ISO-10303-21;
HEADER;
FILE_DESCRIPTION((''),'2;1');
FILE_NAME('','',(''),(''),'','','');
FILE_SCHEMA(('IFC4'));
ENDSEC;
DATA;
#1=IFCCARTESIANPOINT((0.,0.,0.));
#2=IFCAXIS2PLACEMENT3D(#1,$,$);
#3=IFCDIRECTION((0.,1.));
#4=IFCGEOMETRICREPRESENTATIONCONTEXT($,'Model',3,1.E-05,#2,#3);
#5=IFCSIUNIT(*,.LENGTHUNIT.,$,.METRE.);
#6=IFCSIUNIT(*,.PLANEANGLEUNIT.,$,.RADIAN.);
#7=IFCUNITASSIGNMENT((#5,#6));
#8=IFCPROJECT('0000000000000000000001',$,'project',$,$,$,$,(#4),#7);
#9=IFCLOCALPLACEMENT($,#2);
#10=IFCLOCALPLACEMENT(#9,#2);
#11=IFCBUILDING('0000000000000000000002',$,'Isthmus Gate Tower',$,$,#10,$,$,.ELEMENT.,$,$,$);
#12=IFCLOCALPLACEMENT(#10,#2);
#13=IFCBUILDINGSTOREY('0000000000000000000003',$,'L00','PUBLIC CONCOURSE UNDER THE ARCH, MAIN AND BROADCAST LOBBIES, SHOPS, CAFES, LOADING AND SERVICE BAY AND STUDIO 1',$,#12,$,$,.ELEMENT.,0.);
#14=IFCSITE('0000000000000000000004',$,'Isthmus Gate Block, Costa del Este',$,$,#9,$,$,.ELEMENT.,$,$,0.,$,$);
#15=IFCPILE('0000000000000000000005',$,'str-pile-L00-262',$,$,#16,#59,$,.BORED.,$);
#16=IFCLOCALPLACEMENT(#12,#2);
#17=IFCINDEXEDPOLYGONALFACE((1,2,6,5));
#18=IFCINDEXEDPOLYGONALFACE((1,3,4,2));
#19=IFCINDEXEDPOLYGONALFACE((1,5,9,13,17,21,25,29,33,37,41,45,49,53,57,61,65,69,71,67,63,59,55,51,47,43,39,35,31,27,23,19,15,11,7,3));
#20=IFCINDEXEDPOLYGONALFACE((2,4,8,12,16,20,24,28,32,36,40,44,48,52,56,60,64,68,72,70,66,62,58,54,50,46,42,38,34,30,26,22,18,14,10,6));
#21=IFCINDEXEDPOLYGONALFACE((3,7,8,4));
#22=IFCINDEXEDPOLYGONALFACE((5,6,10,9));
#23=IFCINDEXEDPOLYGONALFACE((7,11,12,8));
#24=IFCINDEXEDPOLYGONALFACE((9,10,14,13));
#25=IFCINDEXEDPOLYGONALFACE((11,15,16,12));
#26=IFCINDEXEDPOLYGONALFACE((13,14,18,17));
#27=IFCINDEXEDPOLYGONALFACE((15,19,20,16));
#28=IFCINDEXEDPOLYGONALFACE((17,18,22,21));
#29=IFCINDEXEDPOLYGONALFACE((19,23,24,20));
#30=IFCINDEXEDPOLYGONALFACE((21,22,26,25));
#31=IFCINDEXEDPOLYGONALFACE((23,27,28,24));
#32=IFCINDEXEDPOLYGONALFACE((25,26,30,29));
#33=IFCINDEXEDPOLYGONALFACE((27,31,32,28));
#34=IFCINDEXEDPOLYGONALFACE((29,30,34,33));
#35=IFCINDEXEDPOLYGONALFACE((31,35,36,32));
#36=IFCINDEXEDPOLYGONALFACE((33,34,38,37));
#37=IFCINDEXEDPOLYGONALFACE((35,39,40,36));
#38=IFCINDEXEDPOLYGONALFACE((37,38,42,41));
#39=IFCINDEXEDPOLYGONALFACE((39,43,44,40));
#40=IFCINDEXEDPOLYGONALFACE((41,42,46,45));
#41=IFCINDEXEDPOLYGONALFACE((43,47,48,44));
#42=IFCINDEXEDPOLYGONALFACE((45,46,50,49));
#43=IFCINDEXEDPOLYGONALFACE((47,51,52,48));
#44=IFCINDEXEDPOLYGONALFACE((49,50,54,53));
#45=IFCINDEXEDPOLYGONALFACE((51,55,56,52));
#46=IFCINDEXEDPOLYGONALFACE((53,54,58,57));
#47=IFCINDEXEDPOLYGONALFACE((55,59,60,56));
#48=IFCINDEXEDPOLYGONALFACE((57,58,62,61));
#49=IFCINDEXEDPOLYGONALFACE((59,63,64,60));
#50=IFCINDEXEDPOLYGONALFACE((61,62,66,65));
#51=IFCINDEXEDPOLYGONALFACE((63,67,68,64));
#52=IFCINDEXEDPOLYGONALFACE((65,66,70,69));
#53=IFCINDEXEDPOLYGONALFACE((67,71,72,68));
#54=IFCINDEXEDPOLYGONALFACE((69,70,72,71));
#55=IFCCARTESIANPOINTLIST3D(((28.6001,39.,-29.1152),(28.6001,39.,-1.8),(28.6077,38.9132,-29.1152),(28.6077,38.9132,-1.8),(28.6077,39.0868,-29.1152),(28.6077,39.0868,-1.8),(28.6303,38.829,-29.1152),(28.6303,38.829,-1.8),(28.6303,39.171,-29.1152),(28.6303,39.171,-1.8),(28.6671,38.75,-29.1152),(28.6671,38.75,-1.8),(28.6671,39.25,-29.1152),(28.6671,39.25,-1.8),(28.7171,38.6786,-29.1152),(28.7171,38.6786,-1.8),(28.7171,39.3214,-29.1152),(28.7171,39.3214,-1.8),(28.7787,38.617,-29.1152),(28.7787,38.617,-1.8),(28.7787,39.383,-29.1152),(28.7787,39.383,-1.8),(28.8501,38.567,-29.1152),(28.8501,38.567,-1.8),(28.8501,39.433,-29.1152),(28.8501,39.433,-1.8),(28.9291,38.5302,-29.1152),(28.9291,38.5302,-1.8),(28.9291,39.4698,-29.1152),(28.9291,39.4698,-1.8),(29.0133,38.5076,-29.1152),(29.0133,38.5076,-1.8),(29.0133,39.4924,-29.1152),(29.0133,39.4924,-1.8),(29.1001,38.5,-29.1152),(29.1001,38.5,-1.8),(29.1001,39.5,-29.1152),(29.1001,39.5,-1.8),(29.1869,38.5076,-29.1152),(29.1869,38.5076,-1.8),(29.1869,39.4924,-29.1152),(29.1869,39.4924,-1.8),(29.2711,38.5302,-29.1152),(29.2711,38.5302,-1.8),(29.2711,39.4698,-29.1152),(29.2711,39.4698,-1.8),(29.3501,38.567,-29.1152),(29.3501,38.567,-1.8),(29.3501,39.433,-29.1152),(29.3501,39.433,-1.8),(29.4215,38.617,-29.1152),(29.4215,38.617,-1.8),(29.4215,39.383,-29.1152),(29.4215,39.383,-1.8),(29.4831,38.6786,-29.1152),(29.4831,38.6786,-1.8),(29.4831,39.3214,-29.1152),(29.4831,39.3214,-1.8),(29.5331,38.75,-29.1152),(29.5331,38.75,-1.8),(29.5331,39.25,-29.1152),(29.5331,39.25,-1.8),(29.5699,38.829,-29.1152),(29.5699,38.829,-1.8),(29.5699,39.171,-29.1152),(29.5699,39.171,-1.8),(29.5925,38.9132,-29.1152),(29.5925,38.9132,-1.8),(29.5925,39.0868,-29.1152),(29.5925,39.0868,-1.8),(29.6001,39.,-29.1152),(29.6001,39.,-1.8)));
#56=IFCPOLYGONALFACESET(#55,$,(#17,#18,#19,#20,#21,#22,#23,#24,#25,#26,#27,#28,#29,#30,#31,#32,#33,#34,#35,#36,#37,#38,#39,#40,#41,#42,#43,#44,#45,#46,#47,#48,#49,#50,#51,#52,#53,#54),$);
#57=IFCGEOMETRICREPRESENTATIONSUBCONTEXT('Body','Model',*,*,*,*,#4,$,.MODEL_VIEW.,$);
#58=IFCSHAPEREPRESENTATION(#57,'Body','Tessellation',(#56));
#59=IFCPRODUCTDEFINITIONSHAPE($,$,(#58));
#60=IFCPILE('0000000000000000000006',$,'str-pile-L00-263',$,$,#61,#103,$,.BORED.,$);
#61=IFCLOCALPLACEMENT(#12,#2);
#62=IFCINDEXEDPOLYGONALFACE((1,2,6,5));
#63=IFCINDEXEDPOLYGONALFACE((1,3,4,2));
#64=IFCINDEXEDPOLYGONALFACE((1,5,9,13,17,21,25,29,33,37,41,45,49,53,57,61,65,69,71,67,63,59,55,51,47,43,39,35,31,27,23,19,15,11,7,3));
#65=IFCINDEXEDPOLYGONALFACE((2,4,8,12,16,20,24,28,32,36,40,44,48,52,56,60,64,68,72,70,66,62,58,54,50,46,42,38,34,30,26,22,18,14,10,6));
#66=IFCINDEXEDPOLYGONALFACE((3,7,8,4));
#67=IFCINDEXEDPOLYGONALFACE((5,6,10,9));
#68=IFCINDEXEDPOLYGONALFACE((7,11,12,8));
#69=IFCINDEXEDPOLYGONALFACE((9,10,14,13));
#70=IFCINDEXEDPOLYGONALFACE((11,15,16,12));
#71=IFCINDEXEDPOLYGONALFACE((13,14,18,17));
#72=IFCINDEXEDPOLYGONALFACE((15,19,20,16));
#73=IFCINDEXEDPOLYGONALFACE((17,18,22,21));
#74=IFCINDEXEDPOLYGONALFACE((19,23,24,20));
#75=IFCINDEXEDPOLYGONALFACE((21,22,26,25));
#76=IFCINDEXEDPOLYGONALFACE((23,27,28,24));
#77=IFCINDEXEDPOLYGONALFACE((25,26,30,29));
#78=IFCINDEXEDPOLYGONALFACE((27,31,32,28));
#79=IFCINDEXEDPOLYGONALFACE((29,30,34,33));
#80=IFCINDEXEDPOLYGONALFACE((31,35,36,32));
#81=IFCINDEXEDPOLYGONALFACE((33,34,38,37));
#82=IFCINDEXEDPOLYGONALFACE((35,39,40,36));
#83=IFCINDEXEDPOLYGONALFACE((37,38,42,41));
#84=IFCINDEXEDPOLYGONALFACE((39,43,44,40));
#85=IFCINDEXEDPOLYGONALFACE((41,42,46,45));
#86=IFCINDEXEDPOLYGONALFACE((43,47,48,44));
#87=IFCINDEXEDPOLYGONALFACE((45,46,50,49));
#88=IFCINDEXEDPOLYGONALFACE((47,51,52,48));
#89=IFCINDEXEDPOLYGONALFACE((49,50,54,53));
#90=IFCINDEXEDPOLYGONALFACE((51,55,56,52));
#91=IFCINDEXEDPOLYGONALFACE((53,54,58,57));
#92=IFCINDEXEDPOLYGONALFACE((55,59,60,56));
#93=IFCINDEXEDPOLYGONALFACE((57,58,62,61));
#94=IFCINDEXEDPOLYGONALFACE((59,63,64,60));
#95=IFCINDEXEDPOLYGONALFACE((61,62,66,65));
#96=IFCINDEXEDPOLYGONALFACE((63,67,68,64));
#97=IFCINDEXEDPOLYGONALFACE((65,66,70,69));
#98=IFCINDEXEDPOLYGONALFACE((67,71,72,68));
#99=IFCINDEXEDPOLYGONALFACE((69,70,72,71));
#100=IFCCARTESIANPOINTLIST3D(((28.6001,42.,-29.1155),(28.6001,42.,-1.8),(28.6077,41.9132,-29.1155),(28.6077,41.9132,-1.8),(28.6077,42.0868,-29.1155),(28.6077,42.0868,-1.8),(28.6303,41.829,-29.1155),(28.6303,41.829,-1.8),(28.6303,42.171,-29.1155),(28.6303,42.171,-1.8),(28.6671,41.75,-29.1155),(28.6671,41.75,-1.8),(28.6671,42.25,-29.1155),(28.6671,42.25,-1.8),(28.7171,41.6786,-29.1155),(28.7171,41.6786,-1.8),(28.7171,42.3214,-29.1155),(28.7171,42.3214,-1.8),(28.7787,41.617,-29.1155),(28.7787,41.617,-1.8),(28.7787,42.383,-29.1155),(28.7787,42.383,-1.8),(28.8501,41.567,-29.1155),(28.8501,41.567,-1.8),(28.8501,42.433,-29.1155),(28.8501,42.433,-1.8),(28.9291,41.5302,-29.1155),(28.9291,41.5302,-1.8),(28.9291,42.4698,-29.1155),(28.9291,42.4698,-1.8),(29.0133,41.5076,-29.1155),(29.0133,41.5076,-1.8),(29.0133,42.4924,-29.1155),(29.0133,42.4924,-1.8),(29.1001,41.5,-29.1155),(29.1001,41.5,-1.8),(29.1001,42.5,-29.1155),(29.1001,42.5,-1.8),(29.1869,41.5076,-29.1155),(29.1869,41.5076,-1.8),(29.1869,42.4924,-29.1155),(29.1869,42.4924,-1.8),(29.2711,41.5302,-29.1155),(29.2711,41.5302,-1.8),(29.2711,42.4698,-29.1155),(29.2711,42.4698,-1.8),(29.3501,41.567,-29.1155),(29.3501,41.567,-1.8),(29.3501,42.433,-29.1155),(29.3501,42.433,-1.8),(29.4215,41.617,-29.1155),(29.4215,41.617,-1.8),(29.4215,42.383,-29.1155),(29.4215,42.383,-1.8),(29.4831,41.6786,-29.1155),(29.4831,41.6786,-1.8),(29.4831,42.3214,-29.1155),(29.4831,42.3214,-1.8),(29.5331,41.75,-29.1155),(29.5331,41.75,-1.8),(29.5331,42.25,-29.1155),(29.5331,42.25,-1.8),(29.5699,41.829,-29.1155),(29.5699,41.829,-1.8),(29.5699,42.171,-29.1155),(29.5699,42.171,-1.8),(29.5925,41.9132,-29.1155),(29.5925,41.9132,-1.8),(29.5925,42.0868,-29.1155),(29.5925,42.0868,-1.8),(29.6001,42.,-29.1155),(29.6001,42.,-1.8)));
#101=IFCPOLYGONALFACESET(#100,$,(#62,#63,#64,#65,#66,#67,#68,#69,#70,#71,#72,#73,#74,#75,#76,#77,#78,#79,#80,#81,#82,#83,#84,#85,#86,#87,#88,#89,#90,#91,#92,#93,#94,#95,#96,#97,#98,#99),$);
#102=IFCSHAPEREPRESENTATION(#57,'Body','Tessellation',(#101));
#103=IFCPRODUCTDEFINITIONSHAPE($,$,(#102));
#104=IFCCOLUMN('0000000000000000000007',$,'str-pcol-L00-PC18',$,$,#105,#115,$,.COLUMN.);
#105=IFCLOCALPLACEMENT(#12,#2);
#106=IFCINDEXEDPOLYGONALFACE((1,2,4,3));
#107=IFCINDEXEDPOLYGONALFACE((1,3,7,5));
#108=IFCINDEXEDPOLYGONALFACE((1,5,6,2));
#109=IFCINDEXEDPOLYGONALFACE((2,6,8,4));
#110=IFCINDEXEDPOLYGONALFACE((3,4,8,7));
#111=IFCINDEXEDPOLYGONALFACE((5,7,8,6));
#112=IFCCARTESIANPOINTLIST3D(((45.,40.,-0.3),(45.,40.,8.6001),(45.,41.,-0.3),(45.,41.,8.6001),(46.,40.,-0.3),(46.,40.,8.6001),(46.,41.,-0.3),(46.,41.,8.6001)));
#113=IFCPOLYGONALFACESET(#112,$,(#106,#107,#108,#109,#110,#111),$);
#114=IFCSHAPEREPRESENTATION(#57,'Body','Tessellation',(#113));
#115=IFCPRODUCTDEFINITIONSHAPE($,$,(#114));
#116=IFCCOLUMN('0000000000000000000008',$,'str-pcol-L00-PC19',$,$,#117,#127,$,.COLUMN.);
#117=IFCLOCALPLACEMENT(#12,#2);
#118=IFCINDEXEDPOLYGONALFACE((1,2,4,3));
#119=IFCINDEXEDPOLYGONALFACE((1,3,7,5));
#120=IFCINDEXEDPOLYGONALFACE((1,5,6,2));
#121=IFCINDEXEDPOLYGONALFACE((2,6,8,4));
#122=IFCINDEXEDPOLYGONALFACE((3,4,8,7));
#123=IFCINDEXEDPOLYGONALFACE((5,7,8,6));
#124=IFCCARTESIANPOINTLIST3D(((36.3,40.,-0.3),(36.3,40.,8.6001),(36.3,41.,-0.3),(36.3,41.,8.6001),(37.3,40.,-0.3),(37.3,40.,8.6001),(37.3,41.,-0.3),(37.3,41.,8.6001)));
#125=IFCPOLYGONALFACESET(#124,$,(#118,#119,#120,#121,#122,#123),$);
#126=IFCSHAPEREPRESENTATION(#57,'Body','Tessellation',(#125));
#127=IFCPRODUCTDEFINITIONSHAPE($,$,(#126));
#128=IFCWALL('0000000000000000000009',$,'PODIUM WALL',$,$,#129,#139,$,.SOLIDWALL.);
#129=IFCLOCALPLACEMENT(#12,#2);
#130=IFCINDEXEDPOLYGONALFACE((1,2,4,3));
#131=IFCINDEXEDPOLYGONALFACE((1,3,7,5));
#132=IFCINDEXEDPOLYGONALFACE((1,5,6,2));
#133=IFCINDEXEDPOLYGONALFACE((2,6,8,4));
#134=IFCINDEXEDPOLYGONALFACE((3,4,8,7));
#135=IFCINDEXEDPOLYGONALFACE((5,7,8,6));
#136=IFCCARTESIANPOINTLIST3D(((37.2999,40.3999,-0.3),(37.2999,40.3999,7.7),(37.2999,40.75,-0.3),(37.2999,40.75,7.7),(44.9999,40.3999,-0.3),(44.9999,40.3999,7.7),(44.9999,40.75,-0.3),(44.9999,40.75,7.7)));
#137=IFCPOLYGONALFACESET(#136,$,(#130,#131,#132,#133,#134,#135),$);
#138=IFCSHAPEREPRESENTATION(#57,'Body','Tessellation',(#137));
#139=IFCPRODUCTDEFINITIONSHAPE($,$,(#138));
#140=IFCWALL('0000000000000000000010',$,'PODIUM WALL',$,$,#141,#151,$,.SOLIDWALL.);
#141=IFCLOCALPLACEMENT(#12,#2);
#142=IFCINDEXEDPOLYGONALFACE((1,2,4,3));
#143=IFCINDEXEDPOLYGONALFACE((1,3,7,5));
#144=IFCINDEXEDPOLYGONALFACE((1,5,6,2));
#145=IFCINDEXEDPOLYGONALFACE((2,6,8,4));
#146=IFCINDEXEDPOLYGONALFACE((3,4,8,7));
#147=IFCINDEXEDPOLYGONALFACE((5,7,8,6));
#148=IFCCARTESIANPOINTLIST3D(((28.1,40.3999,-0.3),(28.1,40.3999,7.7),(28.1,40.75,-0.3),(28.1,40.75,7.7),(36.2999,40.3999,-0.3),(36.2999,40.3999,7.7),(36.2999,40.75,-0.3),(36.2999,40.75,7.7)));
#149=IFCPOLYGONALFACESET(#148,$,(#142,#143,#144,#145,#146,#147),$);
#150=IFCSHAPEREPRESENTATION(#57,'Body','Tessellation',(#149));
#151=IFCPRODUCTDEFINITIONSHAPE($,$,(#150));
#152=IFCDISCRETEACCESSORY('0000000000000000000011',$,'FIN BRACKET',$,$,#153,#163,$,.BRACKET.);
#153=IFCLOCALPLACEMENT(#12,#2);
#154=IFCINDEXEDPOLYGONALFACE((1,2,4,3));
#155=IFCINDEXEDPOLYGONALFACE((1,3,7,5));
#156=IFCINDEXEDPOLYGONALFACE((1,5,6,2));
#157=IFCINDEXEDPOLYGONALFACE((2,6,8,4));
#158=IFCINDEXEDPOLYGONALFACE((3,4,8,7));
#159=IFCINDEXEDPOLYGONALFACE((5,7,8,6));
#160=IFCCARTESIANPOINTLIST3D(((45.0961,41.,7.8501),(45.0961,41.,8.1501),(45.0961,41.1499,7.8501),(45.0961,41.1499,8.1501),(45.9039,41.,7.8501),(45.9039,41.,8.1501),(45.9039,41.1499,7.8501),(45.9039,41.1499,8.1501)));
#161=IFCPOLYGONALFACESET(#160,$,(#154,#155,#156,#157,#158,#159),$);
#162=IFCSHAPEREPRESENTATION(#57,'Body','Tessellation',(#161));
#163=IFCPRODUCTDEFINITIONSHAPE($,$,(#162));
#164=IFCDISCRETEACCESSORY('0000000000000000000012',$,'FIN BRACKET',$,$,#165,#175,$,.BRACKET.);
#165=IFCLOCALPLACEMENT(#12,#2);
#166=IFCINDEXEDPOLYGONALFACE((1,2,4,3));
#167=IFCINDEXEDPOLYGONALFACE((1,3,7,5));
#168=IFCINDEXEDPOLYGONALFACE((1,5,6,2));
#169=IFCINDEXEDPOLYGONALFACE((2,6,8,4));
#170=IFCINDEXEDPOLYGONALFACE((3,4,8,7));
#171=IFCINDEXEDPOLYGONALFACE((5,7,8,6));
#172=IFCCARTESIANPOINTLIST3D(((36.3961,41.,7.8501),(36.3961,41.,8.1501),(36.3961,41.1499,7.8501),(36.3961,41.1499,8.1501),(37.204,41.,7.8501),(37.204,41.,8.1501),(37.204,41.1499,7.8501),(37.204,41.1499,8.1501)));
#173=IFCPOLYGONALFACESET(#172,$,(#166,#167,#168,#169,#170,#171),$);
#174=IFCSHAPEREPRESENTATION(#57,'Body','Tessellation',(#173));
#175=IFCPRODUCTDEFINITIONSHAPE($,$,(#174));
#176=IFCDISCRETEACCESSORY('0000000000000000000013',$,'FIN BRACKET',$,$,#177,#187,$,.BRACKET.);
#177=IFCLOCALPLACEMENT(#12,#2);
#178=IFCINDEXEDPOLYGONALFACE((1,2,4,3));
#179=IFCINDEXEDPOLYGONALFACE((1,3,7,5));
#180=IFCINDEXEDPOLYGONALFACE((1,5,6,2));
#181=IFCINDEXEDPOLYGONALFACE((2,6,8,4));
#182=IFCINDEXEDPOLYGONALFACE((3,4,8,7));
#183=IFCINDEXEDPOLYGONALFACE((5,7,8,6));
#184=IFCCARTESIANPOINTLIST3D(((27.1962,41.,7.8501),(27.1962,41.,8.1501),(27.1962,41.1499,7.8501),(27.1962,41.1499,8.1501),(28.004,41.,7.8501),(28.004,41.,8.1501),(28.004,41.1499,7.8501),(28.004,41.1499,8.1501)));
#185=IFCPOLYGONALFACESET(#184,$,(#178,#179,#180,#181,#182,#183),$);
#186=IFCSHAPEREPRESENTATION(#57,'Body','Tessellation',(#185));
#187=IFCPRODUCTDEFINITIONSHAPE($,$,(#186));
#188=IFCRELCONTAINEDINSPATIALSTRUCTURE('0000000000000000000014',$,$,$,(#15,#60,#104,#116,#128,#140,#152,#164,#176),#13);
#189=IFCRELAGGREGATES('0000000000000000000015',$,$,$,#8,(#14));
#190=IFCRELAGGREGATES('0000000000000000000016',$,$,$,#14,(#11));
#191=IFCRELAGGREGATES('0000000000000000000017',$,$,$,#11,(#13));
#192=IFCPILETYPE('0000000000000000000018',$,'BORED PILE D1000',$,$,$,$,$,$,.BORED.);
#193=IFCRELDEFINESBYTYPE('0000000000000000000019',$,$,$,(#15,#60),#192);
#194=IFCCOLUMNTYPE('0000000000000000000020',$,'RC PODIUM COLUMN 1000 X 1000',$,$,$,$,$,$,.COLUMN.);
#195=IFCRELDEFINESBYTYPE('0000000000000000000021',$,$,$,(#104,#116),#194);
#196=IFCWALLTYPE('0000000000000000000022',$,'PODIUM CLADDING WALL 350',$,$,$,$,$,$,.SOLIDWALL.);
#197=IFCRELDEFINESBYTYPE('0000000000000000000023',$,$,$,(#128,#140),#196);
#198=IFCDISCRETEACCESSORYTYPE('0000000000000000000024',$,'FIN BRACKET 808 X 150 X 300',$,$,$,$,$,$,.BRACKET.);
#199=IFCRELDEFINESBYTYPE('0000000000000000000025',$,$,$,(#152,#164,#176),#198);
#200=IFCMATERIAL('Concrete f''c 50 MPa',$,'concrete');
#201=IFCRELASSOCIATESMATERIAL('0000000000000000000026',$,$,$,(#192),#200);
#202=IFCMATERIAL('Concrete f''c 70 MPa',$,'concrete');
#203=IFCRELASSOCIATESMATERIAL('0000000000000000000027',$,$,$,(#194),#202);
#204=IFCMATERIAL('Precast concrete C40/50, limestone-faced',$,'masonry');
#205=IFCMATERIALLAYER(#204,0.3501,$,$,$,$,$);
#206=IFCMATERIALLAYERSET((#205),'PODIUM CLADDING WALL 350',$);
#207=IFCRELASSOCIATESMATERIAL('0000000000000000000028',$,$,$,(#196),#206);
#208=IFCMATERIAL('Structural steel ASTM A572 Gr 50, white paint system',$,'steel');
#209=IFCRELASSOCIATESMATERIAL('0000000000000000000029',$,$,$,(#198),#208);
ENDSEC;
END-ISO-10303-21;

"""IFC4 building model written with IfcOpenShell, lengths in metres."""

from ifc_helpers import new_model, si_unit, direction, frame, frame_2d, origin, origin_2d, place, context, subcontext, project, spatial, rectangle, circle, extrude, material, layer, layer_set, material_profile, profile_set, type_object, element, save


model = new_model("IFC4")

# Units and contexts
model_context = context("Model", 3, precision=1e-05, world=origin(), true_north=direction((0.0, 1.0)))
body_context = subcontext(model_context, "Body", "Model", "MODEL_VIEW")
ifc_project = project(units=[si_unit("LENGTHUNIT", "METRE"), si_unit("PLANEANGLEUNIT", "RADIAN")], contexts=[model_context])

# Site, building, storey
site_placement = place(None, origin())
site = spatial("IfcSite", under=ifc_project, at=site_placement, Name="Isthmus Gate Block, Costa del Este", CompositionType="ELEMENT", RefElevation=0.0)
building_placement = place(site_placement, origin())
building = spatial("IfcBuilding", under=site, at=building_placement, Name="Isthmus Gate Tower", CompositionType="ELEMENT")
storey_placement = place(building_placement, origin())
storey = spatial("IfcBuildingStorey", under=building, at=storey_placement, Name="L00", Description="PUBLIC CONCOURSE UNDER THE ARCH, MAIN AND BROADCAST LOBBIES, SHOPS, CAFES, LOADING AND SERVICE BAY AND STUDIO 1", CompositionType="ELEMENT", Elevation=0.0)

# Piles
ifc_material_1 = material(Name="Concrete f'c 50 MPa", Category="concrete")
ifc_material_profile_1 = material_profile(ifc_material_1, circle(Radius=0.5, at=origin_2d()), Name="D1000")
ifc_profile_set_1 = profile_set([ifc_material_profile_1], Name="Concrete f'c 50 MPa")
pile_type = type_object("IfcPileType", Name="BORED PILE D1000", PredefinedType="BORED", material=ifc_profile_set_1)
pile_1_placement = place(storey_placement, frame((29.1001, 39.0, -1.8), z_axis=(0.0, 0.0, -1.0), x_axis=(1.0, 0.0, 0.0)))
element("IfcPile", 1, at=pile_1_placement, inside=storey, type_object=pile_type, Name="str-pile-L00-262", PredefinedType="BORED", context=body_context, shape_type="SweptSolid", body=[
    extrude(circle(Radius=0.5, at=origin_2d()), origin(), (0.0, 0.0, 1.0), 27.3152),
])
pile_2_placement = place(storey_placement, frame((29.1001, 42.0, -1.8), z_axis=(0.0, 0.0, -1.0), x_axis=(1.0, 0.0, 0.0)))
element("IfcPile", 2, at=pile_2_placement, inside=storey, type_object=pile_type, Name="str-pile-L00-263", PredefinedType="BORED", context=body_context, shape_type="SweptSolid", body=[
    extrude(circle(Radius=0.5, at=origin_2d()), origin(), (0.0, 0.0, 1.0), 27.3154),
])

# Columns
ifc_material_2 = material(Name="Concrete f'c 70 MPa", Category="concrete")
ifc_material_profile_2 = material_profile(ifc_material_2, rectangle(XDim=1.0, YDim=1.0, at=origin_2d()), Name="RC 1000X1000")
ifc_profile_set_2 = profile_set([ifc_material_profile_2], Name="Concrete f'c 70 MPa")
column_type = type_object("IfcColumnType", Name="RC PODIUM COLUMN 1000 X 1000", PredefinedType="COLUMN", material=ifc_profile_set_2)
for number, where, z_axis, x_axis, name in (
    (3, (45.5, 40.5, -0.3), (0.0, 0.0, 1.0), (-1.0, 0.0, 0.0), "str-pcol-L00-PC18"),
    (4, (36.8, 40.5, -0.3), (0.0, 0.0, 1.0), (-1.0, 0.0, 0.0), "str-pcol-L00-PC19"),
):
    element("IfcColumn", number, at=place(storey_placement, frame(where, z_axis=z_axis, x_axis=x_axis)), inside=storey, type_object=column_type, Name=name, PredefinedType="COLUMN", context=body_context, shape_type="SweptSolid", body=[
        extrude(rectangle(XDim=1.0, YDim=1.0, at=origin_2d()), origin(), (0.0, 0.0, 1.0), 8.9001),
    ])

# Walls
ifc_material_3 = material(Name="Precast concrete C40/50, limestone-faced", Category="masonry")
ifc_layer = layer(ifc_material_3, 0.3501)
ifc_layer_set = layer_set([ifc_layer], Name="PODIUM CLADDING WALL 350")
wall_type = type_object("IfcWallType", Name="PODIUM CLADDING WALL 350", PredefinedType="SOLIDWALL", material=ifc_layer_set)
wall_1_placement = place(storey_placement, frame((45.0, 40.575, -0.3), z_axis=(0.0, 0.0, 1.0), x_axis=(-1.0, 0.0, 0.0)))
element("IfcWall", 5, at=wall_1_placement, inside=storey, type_object=wall_type, Name="PODIUM WALL", PredefinedType="SOLIDWALL", context=body_context, shape_type="SweptSolid", body=[
    extrude(rectangle(XDim=7.7, YDim=0.3501, at=frame_2d((3.8501, 0.0))), origin(), (0.0, 0.0, 1.0), 8.0),
])
wall_2_placement = place(storey_placement, frame((36.3, 40.575, -0.3), z_axis=(0.0, 0.0, 1.0), x_axis=(-1.0, 0.0, 0.0)))
element("IfcWall", 6, at=wall_2_placement, inside=storey, type_object=wall_type, Name="PODIUM WALL", PredefinedType="SOLIDWALL", context=body_context, shape_type="SweptSolid", body=[
    extrude(rectangle(XDim=8.2, YDim=0.3501, at=frame_2d((4.1001, 0.0))), origin(), (0.0, 0.0, 1.0), 8.0),
])

# Discrete accessories
ifc_material_4 = material(Name="Structural steel ASTM A572 Gr 50, white paint system", Category="steel")
discrete_accessory_type = type_object("IfcDiscreteAccessoryType", Name="FIN BRACKET 808 X 150 X 300", PredefinedType="BRACKET", material=ifc_material_4)
for number, where, z_axis, x_axis, name in (
    (7, (45.5, 41.075, 7.8501), (0.0, 0.0, 1.0), (0.0, 1.0, 0.0), "FIN BRACKET"),
    (8, (36.8, 41.075, 7.8501), (0.0, 0.0, 1.0), (0.0, 1.0, 0.0), "FIN BRACKET"),
    (9, (27.6001, 41.075, 7.8501), (0.0, 0.0, 1.0), (0.0, 1.0, 0.0), "FIN BRACKET"),
):
    element("IfcDiscreteAccessory", number, at=place(storey_placement, frame(where, z_axis=z_axis, x_axis=x_axis)), inside=storey, type_object=discrete_accessory_type, Name=name, PredefinedType="BRACKET", context=body_context, shape_type="SweptSolid", body=[
        extrude(rectangle(XDim=0.1499, YDim=0.8079, at=origin_2d()), origin(), (0.0, 0.0, 1.0), 0.3),
    ])

save(model, "model.ifc")
